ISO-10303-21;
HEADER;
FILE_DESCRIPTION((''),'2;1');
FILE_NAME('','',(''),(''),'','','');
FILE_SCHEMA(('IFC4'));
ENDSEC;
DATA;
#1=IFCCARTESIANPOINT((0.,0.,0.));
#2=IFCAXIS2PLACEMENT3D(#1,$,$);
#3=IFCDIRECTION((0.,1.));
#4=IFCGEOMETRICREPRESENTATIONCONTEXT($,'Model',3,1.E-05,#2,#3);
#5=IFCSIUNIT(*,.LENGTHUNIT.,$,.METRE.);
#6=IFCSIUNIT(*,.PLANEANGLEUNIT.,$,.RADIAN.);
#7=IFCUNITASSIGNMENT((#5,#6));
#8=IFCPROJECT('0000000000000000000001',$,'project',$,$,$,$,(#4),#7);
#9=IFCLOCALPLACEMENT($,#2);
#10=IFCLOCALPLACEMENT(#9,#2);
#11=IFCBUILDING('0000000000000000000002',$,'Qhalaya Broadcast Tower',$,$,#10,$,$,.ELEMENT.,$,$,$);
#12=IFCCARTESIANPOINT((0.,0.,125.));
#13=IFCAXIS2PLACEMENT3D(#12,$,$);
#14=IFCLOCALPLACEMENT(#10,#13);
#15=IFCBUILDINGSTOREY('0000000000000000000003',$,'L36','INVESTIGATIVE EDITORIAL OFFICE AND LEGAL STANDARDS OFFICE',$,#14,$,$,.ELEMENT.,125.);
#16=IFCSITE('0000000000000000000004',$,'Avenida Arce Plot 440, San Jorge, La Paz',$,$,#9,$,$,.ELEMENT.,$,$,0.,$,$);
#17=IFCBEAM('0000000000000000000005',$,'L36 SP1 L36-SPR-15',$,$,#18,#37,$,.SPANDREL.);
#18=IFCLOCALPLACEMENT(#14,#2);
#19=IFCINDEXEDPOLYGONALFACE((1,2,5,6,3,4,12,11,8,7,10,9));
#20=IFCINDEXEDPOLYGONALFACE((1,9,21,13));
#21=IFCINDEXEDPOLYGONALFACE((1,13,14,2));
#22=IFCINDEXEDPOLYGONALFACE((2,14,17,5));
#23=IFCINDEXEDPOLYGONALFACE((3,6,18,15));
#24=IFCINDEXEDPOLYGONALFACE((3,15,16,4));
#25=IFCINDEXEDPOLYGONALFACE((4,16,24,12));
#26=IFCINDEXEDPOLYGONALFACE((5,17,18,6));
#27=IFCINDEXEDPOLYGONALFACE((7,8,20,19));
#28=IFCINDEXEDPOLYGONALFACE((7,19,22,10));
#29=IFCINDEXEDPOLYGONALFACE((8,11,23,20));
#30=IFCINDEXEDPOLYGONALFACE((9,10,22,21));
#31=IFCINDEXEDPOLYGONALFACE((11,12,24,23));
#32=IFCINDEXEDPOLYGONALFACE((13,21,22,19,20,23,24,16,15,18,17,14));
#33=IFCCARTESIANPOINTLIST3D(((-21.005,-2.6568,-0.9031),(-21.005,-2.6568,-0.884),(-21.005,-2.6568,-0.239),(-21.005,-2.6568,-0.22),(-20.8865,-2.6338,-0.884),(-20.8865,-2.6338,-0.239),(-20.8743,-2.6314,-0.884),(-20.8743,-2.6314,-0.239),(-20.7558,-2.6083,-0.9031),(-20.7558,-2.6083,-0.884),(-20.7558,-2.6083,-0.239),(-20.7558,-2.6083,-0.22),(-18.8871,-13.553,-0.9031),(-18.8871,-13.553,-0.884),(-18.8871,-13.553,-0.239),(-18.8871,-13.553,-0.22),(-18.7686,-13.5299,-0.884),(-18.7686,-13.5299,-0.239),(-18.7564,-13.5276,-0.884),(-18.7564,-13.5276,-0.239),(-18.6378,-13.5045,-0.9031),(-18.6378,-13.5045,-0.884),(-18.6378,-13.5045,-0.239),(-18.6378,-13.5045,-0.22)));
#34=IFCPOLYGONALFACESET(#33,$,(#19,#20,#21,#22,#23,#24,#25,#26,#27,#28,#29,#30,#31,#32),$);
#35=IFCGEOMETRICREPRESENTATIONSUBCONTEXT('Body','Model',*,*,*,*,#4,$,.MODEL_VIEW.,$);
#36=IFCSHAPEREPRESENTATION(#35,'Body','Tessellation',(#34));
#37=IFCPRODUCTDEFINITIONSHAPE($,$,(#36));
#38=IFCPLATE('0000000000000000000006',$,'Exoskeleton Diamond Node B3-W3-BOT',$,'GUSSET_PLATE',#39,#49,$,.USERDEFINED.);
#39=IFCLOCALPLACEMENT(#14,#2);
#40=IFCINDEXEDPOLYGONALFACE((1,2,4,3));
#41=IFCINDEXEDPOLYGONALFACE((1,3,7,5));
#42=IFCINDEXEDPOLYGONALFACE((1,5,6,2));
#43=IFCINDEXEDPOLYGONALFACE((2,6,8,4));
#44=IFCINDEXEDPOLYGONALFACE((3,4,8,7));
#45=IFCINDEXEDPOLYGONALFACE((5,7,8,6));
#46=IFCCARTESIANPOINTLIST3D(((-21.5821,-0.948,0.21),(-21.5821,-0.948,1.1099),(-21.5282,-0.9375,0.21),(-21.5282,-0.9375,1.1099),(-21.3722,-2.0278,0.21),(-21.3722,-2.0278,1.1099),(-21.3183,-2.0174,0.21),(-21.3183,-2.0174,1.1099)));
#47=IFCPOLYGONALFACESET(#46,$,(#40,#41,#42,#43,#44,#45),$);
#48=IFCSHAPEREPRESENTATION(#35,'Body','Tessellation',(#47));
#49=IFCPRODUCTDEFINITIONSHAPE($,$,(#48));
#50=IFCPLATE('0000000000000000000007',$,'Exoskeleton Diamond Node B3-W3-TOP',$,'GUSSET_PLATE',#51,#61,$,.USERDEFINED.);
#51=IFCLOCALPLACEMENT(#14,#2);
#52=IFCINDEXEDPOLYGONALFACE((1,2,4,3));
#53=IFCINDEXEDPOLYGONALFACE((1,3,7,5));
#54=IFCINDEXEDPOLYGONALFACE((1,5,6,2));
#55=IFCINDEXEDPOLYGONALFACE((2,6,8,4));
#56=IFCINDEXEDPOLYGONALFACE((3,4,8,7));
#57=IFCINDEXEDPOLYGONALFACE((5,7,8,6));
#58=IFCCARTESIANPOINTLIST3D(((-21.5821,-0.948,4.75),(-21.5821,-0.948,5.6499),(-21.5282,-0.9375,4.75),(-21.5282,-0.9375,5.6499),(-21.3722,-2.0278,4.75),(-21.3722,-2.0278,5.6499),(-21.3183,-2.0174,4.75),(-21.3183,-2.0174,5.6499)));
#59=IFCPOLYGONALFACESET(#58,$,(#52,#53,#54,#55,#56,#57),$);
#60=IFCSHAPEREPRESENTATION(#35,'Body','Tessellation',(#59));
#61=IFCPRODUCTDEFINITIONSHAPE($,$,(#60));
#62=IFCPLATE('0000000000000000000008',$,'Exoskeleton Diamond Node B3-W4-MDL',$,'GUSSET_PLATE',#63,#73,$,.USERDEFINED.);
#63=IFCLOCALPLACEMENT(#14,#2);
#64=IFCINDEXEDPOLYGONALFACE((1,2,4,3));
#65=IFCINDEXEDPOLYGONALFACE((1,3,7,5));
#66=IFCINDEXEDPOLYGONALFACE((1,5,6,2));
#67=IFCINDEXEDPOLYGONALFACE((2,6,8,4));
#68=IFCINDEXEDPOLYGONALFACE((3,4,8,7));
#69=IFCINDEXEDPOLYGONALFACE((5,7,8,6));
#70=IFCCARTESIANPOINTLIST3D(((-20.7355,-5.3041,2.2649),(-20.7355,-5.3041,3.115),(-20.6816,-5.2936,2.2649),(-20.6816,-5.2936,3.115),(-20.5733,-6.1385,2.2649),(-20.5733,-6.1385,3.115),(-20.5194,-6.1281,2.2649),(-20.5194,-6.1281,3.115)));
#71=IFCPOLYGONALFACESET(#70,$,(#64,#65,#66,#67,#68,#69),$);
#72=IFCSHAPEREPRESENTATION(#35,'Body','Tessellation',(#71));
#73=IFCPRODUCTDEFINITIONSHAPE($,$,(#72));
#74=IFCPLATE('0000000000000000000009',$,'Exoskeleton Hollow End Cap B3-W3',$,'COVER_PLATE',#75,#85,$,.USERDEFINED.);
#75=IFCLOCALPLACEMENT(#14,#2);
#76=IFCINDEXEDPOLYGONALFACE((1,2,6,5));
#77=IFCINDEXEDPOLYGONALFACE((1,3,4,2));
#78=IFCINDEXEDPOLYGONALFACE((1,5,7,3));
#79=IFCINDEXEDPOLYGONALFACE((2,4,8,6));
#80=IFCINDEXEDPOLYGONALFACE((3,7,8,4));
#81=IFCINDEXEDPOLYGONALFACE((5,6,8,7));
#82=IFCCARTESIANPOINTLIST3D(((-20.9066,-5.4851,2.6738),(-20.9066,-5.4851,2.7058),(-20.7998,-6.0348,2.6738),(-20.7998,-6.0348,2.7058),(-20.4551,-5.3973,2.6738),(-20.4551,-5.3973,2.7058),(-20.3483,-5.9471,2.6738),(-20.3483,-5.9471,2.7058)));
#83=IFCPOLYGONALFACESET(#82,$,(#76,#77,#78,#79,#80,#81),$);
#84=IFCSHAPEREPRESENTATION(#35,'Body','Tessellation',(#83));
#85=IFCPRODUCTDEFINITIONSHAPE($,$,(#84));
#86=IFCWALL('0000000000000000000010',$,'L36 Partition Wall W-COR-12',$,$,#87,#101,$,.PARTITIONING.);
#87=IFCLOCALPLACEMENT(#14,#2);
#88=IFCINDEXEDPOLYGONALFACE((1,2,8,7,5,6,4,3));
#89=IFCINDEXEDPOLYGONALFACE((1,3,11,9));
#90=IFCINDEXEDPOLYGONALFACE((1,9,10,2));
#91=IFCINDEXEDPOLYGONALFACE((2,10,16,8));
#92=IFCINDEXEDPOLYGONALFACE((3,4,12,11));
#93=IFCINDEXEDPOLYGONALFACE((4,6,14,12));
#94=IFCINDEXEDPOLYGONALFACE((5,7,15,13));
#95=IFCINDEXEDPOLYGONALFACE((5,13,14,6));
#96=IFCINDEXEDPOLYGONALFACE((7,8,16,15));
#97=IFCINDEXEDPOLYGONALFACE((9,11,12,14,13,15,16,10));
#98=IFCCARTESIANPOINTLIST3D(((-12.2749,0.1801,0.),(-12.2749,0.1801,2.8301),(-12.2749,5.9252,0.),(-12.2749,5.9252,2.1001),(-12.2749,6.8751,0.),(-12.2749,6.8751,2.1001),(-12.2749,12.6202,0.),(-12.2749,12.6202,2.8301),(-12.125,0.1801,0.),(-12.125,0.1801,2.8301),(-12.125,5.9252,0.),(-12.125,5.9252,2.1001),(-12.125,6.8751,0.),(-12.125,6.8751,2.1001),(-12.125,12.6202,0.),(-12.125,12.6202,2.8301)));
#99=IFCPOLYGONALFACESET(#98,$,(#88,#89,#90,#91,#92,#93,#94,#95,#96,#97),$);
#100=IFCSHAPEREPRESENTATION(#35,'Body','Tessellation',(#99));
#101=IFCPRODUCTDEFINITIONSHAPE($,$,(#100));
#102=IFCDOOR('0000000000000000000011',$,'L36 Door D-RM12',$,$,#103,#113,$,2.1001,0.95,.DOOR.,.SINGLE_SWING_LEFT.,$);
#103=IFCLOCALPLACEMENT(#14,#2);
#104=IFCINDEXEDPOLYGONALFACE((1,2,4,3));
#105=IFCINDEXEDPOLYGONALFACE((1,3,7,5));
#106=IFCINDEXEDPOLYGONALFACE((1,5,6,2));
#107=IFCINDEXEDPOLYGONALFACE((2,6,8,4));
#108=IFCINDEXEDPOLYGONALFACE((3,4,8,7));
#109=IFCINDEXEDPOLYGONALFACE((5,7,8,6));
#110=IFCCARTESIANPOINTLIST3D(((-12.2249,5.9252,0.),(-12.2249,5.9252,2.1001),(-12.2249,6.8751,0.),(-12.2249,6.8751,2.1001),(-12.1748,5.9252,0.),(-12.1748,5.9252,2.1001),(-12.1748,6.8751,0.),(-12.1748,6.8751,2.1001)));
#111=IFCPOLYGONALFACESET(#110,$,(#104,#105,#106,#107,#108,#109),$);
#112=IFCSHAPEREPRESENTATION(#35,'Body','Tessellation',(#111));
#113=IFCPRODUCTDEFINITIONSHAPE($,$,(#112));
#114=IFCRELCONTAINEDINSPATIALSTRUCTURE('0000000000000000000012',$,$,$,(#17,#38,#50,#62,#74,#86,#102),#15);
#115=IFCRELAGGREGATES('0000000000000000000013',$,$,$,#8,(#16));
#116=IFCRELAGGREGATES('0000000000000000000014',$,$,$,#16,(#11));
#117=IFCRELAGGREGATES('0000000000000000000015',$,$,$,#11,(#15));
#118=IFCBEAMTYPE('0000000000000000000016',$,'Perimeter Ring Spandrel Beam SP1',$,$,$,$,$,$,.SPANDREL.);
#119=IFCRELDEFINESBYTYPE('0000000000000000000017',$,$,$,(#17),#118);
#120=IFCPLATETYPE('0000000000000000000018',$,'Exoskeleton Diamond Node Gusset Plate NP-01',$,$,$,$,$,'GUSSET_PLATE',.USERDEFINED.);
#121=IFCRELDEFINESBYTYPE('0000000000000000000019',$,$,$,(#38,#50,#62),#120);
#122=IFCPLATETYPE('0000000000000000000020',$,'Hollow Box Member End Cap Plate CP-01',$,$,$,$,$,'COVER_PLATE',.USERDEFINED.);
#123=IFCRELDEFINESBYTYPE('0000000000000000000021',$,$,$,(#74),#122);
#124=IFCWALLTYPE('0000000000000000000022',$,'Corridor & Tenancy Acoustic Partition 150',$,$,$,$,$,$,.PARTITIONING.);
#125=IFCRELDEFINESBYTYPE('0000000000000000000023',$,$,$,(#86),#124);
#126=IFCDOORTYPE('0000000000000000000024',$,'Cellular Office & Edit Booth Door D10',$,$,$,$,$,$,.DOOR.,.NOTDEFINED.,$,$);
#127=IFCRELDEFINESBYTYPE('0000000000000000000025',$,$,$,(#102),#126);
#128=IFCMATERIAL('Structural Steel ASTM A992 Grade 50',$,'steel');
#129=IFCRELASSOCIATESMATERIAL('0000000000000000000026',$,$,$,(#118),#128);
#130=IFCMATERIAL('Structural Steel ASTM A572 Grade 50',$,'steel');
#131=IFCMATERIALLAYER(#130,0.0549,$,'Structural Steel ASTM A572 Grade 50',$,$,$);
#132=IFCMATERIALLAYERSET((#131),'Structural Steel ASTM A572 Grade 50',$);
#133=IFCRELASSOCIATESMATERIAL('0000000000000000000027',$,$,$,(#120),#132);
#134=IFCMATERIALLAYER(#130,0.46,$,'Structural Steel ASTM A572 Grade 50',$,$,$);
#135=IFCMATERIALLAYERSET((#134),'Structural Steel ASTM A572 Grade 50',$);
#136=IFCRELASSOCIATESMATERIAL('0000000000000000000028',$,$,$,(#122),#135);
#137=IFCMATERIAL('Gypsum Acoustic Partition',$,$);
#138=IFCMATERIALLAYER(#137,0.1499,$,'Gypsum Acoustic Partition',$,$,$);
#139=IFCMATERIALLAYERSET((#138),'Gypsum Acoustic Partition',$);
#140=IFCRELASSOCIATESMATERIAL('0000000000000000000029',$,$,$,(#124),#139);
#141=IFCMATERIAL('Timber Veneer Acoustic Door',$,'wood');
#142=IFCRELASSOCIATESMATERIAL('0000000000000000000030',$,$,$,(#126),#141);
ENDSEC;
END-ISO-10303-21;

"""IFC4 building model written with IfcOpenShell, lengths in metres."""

from ifc_helpers import new_model, si_unit, direction, frame, frame_2d, origin, origin_2d, place, context, subcontext, project, spatial, rectangle, i_section, extrude, material, layer, layer_set, material_profile, profile_set, type_object, element, fill, save


model = new_model("IFC4")

# Units and contexts
model_context = context("Model", 3, precision=1e-05, world=origin(), true_north=direction((0.0, 1.0)))
body_context = subcontext(model_context, "Body", "Model", "MODEL_VIEW")
ifc_project = project(units=[si_unit("LENGTHUNIT", "METRE"), si_unit("PLANEANGLEUNIT", "RADIAN")], contexts=[model_context])

# Site, building, storey
site_placement = place(None, origin())
site = spatial("IfcSite", under=ifc_project, at=site_placement, Name="Avenida Arce Plot 440, San Jorge, La Paz", CompositionType="ELEMENT", RefElevation=0.0)
building_placement = place(site_placement, origin())
building = spatial("IfcBuilding", under=site, at=building_placement, Name="Qhalaya Broadcast Tower", CompositionType="ELEMENT")
storey_placement = place(building_placement, frame((0.0, 0.0, 125.0)))
storey = spatial("IfcBuildingStorey", under=building, at=storey_placement, Name="L36", Description="INVESTIGATIVE EDITORIAL OFFICE AND LEGAL STANDARDS OFFICE", CompositionType="ELEMENT", Elevation=125.0)

# Shared definitions
ifc_material_1 = material(Name="Structural Steel ASTM A572 Grade 50", Category="steel")

# Shared definitions
ifc_material_2 = material(Name="Structural Steel ASTM A992 Grade 50", Category="steel")

# Beam
ifc_material_profile_1 = material_profile(ifc_material_2, i_section(OverallWidth=0.2539, OverallDepth=0.6831, WebThickness=0.0125, FlangeThickness=0.019, at=origin_2d()), Name="W27X94")
ifc_profile_set_1 = profile_set([ifc_material_profile_1], Name="Structural Steel ASTM A992 Grade 50")
beam_type_1 = type_object("IfcBeamType", Name="Perimeter Ring Spandrel Beam SP1", PredefinedType="SPANDREL", material=ifc_profile_set_1)
beam_1_placement = place(storey_placement, frame((-20.8804, -2.6326, -0.5615), z_axis=(0.190801, -0.981629, 0.0), x_axis=(0.981629, 0.190801, 0.0)))
element("IfcBeam", 1, at=beam_1_placement, inside=storey, type_object=beam_type_1, Name="L36 SP1 L36-SPR-15", PredefinedType="SPANDREL", context=body_context, shape_type="SweptSolid", body=[
    extrude(i_section(OverallWidth=0.2539, OverallDepth=0.6831, WebThickness=0.0125, FlangeThickness=0.019, at=origin_2d()), origin(), (0.0, 0.0, 1.0), 11.1001),
])

# Plates
ifc_layer_1 = layer(ifc_material_1, 0.0549, Name="Structural Steel ASTM A572 Grade 50")
ifc_layer_set_1 = layer_set([ifc_layer_1], Name="Structural Steel ASTM A572 Grade 50")
plate_type_1 = type_object("IfcPlateType", Name="Exoskeleton Diamond Node Gusset Plate NP-01", ElementType="GUSSET_PLATE", PredefinedType="USERDEFINED", material=ifc_layer_set_1)
for number, where, z_axis, x_axis, name in (
    (2, (-21.4502, -1.4827, 0.21), (0.0, 0.0, 1.0), (-0.190809, 0.981627, 0.0), "Exoskeleton Diamond Node B3-W3-BOT"),
    (3, (-21.4502, -1.4827, 4.75), (0.0, 0.0, 1.0), (-0.190809, 0.981627, 0.0), "Exoskeleton Diamond Node B3-W3-TOP"),
):
    element("IfcPlate", number, at=place(storey_placement, frame(where, z_axis=z_axis, x_axis=x_axis)), inside=storey, type_object=plate_type_1, Name=name, ObjectType="GUSSET_PLATE", PredefinedType="USERDEFINED", context=body_context, shape_type="SweptSolid", body=[
        extrude(rectangle(XDim=1.1001, YDim=0.0549, at=origin_2d()), origin(), (0.0, 0.0, 1.0), 0.8999),
    ])
plate_1_placement = place(storey_placement, frame((-20.6274, -5.7161, 2.2649), z_axis=(0.0, 0.0, 1.0), x_axis=(-0.190809, 0.981627, 0.0)))
element("IfcPlate", 4, at=plate_1_placement, inside=storey, type_object=plate_type_1, Name="Exoskeleton Diamond Node B3-W4-MDL", ObjectType="GUSSET_PLATE", PredefinedType="USERDEFINED", context=body_context, shape_type="SweptSolid", body=[
    extrude(rectangle(XDim=0.8501, YDim=0.0549, at=origin_2d()), origin(), (0.0, 0.0, 1.0), 0.8501),
])
ifc_layer_2 = layer(ifc_material_1, 0.46, Name="Structural Steel ASTM A572 Grade 50")
ifc_layer_set_2 = layer_set([ifc_layer_2], Name="Structural Steel ASTM A572 Grade 50")
plate_type_2 = type_object("IfcPlateType", Name="Hollow Box Member End Cap Plate CP-01", ElementType="COVER_PLATE", PredefinedType="USERDEFINED", material=ifc_layer_set_2)
plate_2_placement = place(storey_placement, frame((-20.6274, -5.7161, 2.6738), z_axis=(0.0, 0.0, 1.0), x_axis=(-0.190809, 0.981627, 0.0)))
element("IfcPlate", 5, at=plate_2_placement, inside=storey, type_object=plate_type_2, Name="Exoskeleton Hollow End Cap B3-W3", ObjectType="COVER_PLATE", PredefinedType="USERDEFINED", context=body_context, shape_type="SweptSolid", body=[
    extrude(rectangle(XDim=0.5601, YDim=0.46, at=origin_2d()), origin(), (0.0, 0.0, 1.0), 0.032),
])

# Wall, opening, door
ifc_material_3 = material(Name="Gypsum Acoustic Partition")
ifc_layer_3 = layer(ifc_material_3, 0.1499, Name="Gypsum Acoustic Partition")
ifc_layer_set_3 = layer_set([ifc_layer_3], Name="Gypsum Acoustic Partition")
wall_type_1 = type_object("IfcWallType", Name="Corridor & Tenancy Acoustic Partition 150", PredefinedType="PARTITIONING", material=ifc_layer_set_3)
wall_1_placement = place(storey_placement, frame((-12.2, 0.1799, 0.0), z_axis=(0.0, 0.0, 1.0), x_axis=(0.0, 1.0, 0.0)))
wall_1 = element("IfcWall", 6, at=wall_1_placement, inside=storey, type_object=wall_type_1, Name="L36 Partition Wall W-COR-12", PredefinedType="PARTITIONING", context=body_context, shape_type="SweptSolid", body=[
    extrude(rectangle(XDim=12.4402, YDim=0.1499, at=frame_2d((6.2202, 0.0))), origin(), (0.0, 0.0, 1.0), 2.8301),
])
opening_1_placement = place(wall_1_placement, frame((5.7451, 0.0, 0.0)))
opening_1 = element("IfcOpeningElement", 7, at=opening_1_placement, cuts=wall_1, PredefinedType="OPENING", context=body_context, shape_type="SweptSolid", body=[
    extrude(rectangle(XDim=0.95, YDim=2.1001, at=frame_2d((0.4751, 1.05))), frame((0.0, 0.0869, 0.0), z_axis=(0.0, -1.0, 0.0), x_axis=(1.0, 0.0, 0.0)), (0.0, 0.0, 1.0), 0.1738),
])
ifc_material_4 = material(Name="Timber Veneer Acoustic Door", Category="wood")
door_type_1 = type_object("IfcDoorType", Name="Cellular Office & Edit Booth Door D10", OperationType="NOTDEFINED", PredefinedType="DOOR", material=ifc_material_4)
door_1_placement = place(opening_1_placement, origin())
door_1 = element("IfcDoor", 8, at=door_1_placement, inside=storey, type_object=door_type_1, Name="L36 Door D-RM12", OperationType="SINGLE_SWING_LEFT", OverallHeight=2.1001, OverallWidth=0.95, PredefinedType="DOOR", context=body_context, shape_type="SweptSolid", body=[
    extrude(rectangle(XDim=0.95, YDim=2.1001, at=frame_2d((0.4751, 1.05))), frame((0.0, 0.0249, 0.0), z_axis=(0.0, -1.0, 0.0), x_axis=(1.0, 0.0, 0.0)), (0.0, 0.0, 1.0), 0.05),
])
fill(opening_1, door_1)

save(model, "model.ifc")
